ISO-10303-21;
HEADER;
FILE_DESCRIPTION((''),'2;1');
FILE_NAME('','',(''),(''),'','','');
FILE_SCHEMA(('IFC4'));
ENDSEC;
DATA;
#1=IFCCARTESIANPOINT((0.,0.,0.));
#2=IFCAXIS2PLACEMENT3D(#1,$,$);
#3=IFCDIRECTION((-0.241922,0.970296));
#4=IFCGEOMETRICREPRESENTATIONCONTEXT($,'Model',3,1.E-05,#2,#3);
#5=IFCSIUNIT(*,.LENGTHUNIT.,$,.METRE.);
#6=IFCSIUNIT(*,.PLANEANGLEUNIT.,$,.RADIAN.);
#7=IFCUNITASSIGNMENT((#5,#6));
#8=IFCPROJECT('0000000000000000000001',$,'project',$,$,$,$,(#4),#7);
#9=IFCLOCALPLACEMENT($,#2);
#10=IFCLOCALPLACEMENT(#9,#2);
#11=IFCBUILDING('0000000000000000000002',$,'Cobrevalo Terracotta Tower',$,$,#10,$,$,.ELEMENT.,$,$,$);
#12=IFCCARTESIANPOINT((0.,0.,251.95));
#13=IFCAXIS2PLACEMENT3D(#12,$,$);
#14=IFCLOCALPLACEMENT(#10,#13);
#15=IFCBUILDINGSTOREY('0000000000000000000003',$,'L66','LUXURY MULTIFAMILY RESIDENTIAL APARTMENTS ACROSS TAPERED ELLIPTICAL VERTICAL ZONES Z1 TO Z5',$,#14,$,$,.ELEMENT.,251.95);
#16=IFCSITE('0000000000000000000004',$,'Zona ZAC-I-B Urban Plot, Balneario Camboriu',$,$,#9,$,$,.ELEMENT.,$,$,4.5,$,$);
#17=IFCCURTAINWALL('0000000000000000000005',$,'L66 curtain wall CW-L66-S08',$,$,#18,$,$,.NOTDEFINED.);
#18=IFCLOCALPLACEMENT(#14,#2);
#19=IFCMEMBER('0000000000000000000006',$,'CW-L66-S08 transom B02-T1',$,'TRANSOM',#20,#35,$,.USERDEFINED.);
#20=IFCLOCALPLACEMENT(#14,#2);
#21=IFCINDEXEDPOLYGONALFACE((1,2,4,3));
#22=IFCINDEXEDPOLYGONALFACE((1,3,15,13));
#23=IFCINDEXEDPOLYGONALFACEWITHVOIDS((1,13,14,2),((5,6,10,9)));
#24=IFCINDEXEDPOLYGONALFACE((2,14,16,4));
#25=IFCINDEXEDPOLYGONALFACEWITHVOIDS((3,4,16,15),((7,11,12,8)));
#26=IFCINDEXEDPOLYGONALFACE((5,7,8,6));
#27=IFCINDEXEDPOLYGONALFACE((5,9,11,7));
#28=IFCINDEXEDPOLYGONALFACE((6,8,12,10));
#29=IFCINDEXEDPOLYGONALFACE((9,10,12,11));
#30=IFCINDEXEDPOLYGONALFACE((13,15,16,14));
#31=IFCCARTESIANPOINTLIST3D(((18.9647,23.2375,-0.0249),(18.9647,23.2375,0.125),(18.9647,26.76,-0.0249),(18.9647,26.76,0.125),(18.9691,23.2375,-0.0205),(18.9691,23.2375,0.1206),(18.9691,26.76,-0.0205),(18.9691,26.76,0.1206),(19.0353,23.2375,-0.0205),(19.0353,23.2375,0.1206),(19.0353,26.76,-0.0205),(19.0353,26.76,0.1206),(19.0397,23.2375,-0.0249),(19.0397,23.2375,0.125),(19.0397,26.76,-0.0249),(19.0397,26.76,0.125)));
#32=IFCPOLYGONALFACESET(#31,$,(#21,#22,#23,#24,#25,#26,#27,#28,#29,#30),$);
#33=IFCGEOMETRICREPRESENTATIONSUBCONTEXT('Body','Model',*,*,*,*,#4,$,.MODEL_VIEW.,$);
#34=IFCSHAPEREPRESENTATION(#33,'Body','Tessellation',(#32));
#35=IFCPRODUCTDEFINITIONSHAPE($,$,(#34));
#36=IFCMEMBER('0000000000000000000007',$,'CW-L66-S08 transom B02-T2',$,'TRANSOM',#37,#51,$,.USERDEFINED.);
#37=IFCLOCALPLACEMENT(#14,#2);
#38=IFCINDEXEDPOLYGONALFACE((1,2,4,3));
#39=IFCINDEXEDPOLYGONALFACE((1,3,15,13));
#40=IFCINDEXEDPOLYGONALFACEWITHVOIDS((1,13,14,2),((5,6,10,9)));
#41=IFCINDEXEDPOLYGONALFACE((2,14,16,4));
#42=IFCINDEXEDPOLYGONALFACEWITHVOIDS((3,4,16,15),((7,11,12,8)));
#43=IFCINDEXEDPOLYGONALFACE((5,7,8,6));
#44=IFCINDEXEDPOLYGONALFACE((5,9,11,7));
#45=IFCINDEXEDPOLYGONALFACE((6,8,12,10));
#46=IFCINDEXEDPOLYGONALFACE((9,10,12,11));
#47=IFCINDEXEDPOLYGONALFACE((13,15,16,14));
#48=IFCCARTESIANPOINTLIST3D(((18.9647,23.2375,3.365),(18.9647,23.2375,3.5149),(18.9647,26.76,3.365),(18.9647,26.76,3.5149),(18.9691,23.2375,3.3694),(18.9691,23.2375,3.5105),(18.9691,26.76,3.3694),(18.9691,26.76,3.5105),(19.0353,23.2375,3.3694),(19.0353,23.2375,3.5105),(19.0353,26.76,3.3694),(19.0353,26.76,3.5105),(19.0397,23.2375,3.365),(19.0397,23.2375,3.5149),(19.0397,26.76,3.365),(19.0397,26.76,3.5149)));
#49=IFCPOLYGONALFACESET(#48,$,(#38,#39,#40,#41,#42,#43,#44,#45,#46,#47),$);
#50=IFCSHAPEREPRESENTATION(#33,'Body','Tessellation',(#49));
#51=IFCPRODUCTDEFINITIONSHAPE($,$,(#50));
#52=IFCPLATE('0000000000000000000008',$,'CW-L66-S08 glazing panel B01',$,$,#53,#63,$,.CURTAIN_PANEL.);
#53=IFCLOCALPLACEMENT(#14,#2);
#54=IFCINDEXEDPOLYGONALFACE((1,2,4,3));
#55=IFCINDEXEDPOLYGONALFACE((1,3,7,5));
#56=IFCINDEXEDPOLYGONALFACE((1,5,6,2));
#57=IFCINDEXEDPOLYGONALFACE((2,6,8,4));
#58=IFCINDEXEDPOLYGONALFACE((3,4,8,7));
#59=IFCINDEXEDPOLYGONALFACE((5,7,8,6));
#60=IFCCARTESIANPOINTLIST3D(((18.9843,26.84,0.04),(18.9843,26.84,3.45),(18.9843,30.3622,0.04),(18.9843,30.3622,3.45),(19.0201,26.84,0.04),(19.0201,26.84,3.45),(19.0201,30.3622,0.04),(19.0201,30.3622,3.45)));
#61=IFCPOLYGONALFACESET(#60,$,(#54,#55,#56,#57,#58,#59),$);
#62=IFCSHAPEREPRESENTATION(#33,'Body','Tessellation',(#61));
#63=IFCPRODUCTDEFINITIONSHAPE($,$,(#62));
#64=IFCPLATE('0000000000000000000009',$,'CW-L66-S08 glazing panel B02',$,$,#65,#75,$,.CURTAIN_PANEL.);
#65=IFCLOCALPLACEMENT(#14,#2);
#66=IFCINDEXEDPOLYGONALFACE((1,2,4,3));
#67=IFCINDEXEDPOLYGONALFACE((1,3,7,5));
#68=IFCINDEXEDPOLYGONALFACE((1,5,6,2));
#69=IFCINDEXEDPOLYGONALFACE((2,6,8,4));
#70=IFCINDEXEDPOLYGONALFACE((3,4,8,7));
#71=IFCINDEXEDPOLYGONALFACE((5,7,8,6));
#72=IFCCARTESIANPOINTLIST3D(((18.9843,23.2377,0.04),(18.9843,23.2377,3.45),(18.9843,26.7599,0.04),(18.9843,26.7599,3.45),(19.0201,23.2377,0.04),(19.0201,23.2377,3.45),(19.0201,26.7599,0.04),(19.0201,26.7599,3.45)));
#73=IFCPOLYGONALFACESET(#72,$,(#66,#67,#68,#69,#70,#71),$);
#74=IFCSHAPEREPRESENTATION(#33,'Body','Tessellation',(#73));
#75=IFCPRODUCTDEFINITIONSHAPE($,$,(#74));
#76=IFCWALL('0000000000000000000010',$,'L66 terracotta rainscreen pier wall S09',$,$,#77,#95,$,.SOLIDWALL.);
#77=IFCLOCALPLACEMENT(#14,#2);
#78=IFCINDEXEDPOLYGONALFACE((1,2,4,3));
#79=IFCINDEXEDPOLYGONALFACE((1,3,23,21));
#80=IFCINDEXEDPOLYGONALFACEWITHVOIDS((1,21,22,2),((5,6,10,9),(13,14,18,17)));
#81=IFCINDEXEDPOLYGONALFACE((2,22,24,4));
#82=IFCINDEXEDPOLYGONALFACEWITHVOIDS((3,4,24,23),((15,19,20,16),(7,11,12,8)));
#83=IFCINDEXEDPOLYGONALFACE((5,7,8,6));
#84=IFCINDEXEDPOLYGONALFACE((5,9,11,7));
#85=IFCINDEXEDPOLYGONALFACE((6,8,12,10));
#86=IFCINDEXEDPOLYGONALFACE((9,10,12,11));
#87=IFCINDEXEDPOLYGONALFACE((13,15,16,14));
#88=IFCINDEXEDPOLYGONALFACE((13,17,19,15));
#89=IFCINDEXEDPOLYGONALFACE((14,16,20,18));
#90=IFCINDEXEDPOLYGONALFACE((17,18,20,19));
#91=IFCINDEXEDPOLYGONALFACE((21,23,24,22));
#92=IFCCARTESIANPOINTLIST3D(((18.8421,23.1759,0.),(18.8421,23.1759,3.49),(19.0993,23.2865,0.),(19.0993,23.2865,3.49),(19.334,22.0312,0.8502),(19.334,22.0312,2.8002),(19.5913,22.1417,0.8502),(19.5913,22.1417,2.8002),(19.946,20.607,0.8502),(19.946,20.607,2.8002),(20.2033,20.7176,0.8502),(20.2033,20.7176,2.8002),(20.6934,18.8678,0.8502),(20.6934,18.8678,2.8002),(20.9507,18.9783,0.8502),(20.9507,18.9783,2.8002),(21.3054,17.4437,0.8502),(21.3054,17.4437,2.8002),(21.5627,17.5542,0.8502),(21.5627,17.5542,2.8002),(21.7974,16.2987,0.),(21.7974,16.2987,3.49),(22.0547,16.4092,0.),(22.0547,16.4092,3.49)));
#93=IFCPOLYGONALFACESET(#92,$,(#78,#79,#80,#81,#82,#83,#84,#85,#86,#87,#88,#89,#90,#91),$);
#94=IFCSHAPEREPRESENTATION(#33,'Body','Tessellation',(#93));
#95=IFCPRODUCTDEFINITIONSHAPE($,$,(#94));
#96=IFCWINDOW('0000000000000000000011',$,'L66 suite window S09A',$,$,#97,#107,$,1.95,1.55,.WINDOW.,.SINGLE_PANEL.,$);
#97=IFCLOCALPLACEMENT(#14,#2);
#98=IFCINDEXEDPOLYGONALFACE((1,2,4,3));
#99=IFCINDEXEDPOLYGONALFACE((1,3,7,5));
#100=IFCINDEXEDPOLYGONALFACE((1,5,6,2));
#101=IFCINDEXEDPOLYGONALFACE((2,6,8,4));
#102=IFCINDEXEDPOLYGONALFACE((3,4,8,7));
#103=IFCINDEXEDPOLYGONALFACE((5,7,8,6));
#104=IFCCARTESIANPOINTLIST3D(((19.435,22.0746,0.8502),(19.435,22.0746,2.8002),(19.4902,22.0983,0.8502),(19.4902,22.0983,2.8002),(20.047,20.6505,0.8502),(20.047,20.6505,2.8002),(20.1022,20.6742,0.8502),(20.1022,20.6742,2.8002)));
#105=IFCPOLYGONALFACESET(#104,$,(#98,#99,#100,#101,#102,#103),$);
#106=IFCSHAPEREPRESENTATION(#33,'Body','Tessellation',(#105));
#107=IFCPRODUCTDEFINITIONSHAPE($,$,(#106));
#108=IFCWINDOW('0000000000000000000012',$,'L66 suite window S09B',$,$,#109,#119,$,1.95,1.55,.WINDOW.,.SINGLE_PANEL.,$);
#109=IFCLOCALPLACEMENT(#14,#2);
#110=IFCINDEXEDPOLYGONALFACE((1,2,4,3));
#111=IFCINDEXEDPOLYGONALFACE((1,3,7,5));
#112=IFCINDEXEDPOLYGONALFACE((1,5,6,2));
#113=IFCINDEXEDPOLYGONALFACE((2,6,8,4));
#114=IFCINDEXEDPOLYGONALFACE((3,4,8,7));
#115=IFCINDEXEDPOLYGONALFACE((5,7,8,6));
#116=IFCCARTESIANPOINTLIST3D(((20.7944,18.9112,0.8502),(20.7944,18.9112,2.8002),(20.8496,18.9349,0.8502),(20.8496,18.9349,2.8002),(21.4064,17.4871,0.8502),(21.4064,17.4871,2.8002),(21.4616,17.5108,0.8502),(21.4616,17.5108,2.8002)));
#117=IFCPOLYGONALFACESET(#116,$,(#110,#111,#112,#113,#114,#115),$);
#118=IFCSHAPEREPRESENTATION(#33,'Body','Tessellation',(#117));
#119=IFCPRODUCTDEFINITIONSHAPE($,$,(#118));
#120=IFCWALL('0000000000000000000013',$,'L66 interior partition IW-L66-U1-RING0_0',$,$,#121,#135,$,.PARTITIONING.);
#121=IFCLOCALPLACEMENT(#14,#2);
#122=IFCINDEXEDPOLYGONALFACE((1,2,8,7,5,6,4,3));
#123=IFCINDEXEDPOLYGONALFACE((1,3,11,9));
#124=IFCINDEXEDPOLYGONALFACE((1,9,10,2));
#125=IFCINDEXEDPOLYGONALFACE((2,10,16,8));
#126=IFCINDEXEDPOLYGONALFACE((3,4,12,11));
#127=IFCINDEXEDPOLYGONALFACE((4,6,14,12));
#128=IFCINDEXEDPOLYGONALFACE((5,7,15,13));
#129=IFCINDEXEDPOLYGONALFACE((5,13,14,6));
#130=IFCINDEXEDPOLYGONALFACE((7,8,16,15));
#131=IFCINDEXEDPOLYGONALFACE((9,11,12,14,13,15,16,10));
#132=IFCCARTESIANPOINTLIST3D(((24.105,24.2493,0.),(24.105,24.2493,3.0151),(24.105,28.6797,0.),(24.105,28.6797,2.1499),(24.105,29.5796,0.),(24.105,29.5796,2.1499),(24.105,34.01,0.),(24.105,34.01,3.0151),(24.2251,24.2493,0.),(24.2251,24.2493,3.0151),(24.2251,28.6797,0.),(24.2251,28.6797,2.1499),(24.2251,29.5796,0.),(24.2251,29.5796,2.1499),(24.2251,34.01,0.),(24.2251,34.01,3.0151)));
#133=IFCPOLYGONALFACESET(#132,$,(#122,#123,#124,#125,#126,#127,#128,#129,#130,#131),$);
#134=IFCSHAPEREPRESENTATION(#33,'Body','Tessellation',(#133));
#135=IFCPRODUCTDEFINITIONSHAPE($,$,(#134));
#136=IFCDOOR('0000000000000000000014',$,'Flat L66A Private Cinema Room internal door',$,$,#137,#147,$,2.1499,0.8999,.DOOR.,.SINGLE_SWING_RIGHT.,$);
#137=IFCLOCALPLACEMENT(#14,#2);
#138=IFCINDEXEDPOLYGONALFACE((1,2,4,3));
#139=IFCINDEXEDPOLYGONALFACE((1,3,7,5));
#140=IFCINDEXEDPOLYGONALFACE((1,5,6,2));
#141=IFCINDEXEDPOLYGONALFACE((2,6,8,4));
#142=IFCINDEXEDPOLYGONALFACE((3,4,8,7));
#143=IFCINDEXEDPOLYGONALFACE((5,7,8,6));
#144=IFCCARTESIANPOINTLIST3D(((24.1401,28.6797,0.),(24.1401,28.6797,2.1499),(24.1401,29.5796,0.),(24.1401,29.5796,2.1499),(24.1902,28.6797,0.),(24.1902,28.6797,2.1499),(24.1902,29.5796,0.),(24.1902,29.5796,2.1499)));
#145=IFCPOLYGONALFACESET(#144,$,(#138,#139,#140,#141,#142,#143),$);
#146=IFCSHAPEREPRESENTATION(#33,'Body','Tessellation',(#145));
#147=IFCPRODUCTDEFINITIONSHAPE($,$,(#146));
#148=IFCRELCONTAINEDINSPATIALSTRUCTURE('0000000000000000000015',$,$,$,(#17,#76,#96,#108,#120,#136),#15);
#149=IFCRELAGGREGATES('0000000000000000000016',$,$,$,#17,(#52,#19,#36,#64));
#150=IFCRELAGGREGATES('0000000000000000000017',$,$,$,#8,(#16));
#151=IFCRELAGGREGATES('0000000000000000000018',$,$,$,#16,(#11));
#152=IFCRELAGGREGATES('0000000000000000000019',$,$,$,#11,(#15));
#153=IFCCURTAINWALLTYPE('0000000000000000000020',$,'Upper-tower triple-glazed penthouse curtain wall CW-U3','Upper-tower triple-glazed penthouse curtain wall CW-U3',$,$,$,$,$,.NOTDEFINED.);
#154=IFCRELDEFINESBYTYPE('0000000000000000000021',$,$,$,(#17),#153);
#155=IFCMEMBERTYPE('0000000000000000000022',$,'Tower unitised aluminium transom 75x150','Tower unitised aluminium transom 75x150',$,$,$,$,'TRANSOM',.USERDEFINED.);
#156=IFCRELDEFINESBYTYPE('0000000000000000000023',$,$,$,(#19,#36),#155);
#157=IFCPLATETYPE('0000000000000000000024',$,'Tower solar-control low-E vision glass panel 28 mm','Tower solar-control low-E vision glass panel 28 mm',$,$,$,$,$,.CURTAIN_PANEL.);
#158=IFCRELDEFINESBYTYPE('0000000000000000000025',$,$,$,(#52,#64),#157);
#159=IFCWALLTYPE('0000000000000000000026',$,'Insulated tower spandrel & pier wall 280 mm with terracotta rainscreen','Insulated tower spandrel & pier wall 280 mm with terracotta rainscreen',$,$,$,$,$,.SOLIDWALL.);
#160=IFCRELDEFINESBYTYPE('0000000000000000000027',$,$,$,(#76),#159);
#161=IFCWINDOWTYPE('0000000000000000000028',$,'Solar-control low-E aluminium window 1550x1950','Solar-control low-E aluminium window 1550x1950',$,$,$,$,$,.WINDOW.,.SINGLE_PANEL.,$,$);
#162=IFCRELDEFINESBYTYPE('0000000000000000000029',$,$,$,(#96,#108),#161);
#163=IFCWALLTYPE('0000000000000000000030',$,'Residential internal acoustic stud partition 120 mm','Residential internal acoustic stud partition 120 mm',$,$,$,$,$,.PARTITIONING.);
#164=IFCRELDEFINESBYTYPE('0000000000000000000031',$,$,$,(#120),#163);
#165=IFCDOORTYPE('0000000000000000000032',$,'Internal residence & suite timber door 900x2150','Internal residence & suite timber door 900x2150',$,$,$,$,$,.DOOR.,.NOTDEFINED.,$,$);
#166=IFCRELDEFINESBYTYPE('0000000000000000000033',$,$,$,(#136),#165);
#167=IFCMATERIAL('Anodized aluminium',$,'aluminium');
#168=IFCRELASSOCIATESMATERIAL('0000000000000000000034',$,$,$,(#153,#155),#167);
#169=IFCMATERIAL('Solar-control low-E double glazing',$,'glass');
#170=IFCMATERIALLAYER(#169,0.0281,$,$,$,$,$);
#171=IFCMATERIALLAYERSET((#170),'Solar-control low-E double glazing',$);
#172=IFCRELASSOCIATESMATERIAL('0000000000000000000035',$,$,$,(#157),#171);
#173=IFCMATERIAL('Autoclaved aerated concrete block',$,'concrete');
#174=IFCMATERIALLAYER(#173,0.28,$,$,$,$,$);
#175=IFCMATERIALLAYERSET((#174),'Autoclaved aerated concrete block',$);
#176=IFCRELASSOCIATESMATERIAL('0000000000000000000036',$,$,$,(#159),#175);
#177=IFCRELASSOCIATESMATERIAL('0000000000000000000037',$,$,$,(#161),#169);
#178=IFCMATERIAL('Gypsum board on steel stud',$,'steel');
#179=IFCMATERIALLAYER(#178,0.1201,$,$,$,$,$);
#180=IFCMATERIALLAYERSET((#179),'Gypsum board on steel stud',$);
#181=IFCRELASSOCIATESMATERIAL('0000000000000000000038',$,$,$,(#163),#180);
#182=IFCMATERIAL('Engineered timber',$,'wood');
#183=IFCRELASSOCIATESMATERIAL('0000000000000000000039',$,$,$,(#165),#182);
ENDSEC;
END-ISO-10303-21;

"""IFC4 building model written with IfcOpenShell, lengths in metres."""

from ifc_helpers import new_model, si_unit, direction, frame, frame_2d, origin, origin_2d, place, context, subcontext, project, spatial, rectangle, hollow_rectangle, extrude, source, transform, mapped, material, layer, layer_set, material_profile, profile_set, type_object, element, fill, aggregate, save


model = new_model("IFC4")

# Units and contexts
model_context = context("Model", 3, precision=1e-05, world=origin(), true_north=direction((-0.241922, 0.970296)))
body_context = subcontext(model_context, "Body", "Model", "MODEL_VIEW")
ifc_project = project(units=[si_unit("LENGTHUNIT", "METRE"), si_unit("PLANEANGLEUNIT", "RADIAN")], contexts=[model_context])

# Site, building, storey
site_placement = place(None, origin())
site = spatial("IfcSite", under=ifc_project, at=site_placement, Name="Zona ZAC-I-B Urban Plot, Balneario Camboriu", CompositionType="ELEMENT", RefElevation=4.5)
building_placement = place(site_placement, origin())
building = spatial("IfcBuilding", under=site, at=building_placement, Name="Cobrevalo Terracotta Tower", CompositionType="ELEMENT")
storey_placement = place(building_placement, frame((0.0, 0.0, 251.95)))
storey = spatial("IfcBuildingStorey", under=building, at=storey_placement, Name="L66", Description="LUXURY MULTIFAMILY RESIDENTIAL APARTMENTS ACROSS TAPERED ELLIPTICAL VERTICAL ZONES Z1 TO Z5", CompositionType="ELEMENT", Elevation=251.95)

# Shared definitions
ifc_material_1 = material(Name="Anodized aluminium", Category="aluminium")
curtain_wall_type = type_object("IfcCurtainWallType", Name="Upper-tower triple-glazed penthouse curtain wall CW-U3", Description="Upper-tower triple-glazed penthouse curtain wall CW-U3", PredefinedType="NOTDEFINED", material=ifc_material_1)

# Curtain wall, members, plates
curtain_wall_1_placement = place(storey_placement, origin())
curtain_wall_1 = element("IfcCurtainWall", 1, at=curtain_wall_1_placement, inside=storey, type_object=curtain_wall_type, Name="L66 curtain wall CW-L66-S08", PredefinedType="NOTDEFINED")
ifc_material_profile_1 = material_profile(ifc_material_1, hollow_rectangle(XDim=0.075, YDim=0.1499, WallThickness=0.0044, at=origin_2d()), Name="CWT 75x150")
ifc_profile_set_1 = profile_set([ifc_material_profile_1], Name="Anodized aluminium")
member_type_1 = type_object("IfcMemberType", Name="Tower unitised aluminium transom 75x150", Description="Tower unitised aluminium transom 75x150", ElementType="TRANSOM", PredefinedType="USERDEFINED", material=ifc_profile_set_1)
shared_shape_1 = source(origin(), body_context, "Body", "SweptSolid", [
    extrude(hollow_rectangle(XDim=0.075, YDim=0.1499, WallThickness=0.0044, at=origin_2d()), origin(), (0.0, 0.0, 1.0), 3.5225),
])
member_1_placement = place(storey_placement, frame((19.0022, 26.76, 0.05), z_axis=(0.0, -1.0, 0.0), x_axis=(1.0, 0.0, 0.0)))
member_1 = element("IfcMember", 2, at=member_1_placement, type_object=member_type_1, Name="CW-L66-S08 transom B02-T1", ObjectType="TRANSOM", PredefinedType="USERDEFINED", context=body_context, shape_type="MappedRepresentation", body=[
    mapped(shared_shape_1, transform((0.0, 0.0, 0.0), scale=1.0)),
])
member_2_placement = place(storey_placement, frame((19.0022, 26.76, 3.4399), z_axis=(0.0, -1.0, 0.0), x_axis=(1.0, 0.0, 0.0)))
member_2 = element("IfcMember", 3, at=member_2_placement, type_object=member_type_1, Name="CW-L66-S08 transom B02-T2", ObjectType="TRANSOM", PredefinedType="USERDEFINED", context=body_context, shape_type="MappedRepresentation", body=[
    mapped(shared_shape_1, transform((0.0, 0.0, 0.0), scale=1.0)),
])
ifc_material_2 = material(Name="Solar-control low-E double glazing", Category="glass")
ifc_layer_1 = layer(ifc_material_2, 0.0281)
ifc_layer_set_1 = layer_set([ifc_layer_1], Name="Solar-control low-E double glazing")
plate_type = type_object("IfcPlateType", Name="Tower solar-control low-E vision glass panel 28 mm", Description="Tower solar-control low-E vision glass panel 28 mm", PredefinedType="CURTAIN_PANEL", material=ifc_layer_set_1)
shared_shape_2 = source(origin(), body_context, "Body", "SweptSolid", [
    extrude(rectangle(XDim=3.5222, YDim=0.0359, at=origin_2d()), origin(), (0.0, 0.0, 1.0), 3.4099),
])
plate_1_placement = place(storey_placement, frame((19.0022, 28.6011, 0.04), z_axis=(0.0, 0.0, 1.0), x_axis=(0.0, -1.0, 0.0)))
plate_1 = element("IfcPlate", 4, at=plate_1_placement, type_object=plate_type, Name="CW-L66-S08 glazing panel B01", PredefinedType="CURTAIN_PANEL", context=body_context, shape_type="MappedRepresentation", body=[
    mapped(shared_shape_2, transform((0.0, 0.0, 0.0), scale=1.0)),
])
plate_2_placement = place(storey_placement, frame((19.0022, 24.9988, 0.04), z_axis=(0.0, 0.0, 1.0), x_axis=(0.0, -1.0, 0.0)))
plate_2 = element("IfcPlate", 5, at=plate_2_placement, type_object=plate_type, Name="CW-L66-S08 glazing panel B02", PredefinedType="CURTAIN_PANEL", context=body_context, shape_type="MappedRepresentation", body=[
    mapped(shared_shape_2, transform((0.0, 0.0, 0.0), scale=1.0)),
])
aggregate(curtain_wall_1, [plate_1, member_1, member_2, plate_2])

# Wall, openings, windows
ifc_material_3 = material(Name="Autoclaved aerated concrete block", Category="concrete")
ifc_layer_2 = layer(ifc_material_3, 0.28)
ifc_layer_set_2 = layer_set([ifc_layer_2], Name="Autoclaved aerated concrete block")
wall_type_1 = type_object("IfcWallType", Name="Insulated tower spandrel & pier wall 280 mm with terracotta rainscreen", Description="Insulated tower spandrel & pier wall 280 mm with terracotta rainscreen", PredefinedType="SOLIDWALL", material=ifc_layer_set_2)
wall_1_placement = place(storey_placement, frame((18.9707, 23.2312, 0.0), z_axis=(0.0, 0.0, 1.0), x_axis=(0.394817, -0.91876, 0.0)))
wall_1 = element("IfcWall", 6, at=wall_1_placement, inside=storey, type_object=wall_type_1, Name="L66 terracotta rainscreen pier wall S09", PredefinedType="SOLIDWALL", context=body_context, shape_type="SweptSolid", body=[
    extrude(rectangle(XDim=7.4854, YDim=0.28, at=frame_2d((3.7427, 0.0))), origin(), (0.0, 0.0, 1.0), 3.49),
])
opening_1_placement = place(wall_1_placement, frame((1.2461, 0.0, 0.8501)))
opening_1 = element("IfcOpeningElement", 7, at=opening_1_placement, cuts=wall_1, PredefinedType="OPENING", context=body_context, shape_type="SweptSolid", body=[
    extrude(rectangle(XDim=1.55, YDim=1.95, at=frame_2d((0.7749, 0.9751))), frame((0.0, 0.1499, 0.0), z_axis=(0.0, -1.0, 0.0), x_axis=(1.0, 0.0, 0.0)), (0.0, 0.0, 1.0), 0.3),
])
opening_2_placement = place(wall_1_placement, frame((4.6892, 0.0, 0.8501)))
opening_2 = element("IfcOpeningElement", 8, at=opening_2_placement, cuts=wall_1, PredefinedType="OPENING", context=body_context, shape_type="SweptSolid", body=[
    extrude(rectangle(XDim=1.55, YDim=1.95, at=frame_2d((0.7749, 0.9751))), frame((0.0, 0.1499, 0.0), z_axis=(0.0, -1.0, 0.0), x_axis=(1.0, 0.0, 0.0)), (0.0, 0.0, 1.0), 0.3),
])
window_type = type_object("IfcWindowType", Name="Solar-control low-E aluminium window 1550x1950", Description="Solar-control low-E aluminium window 1550x1950", PartitioningType="SINGLE_PANEL", PredefinedType="WINDOW", material=ifc_material_2)
shared_shape_3 = source(origin(), body_context, "Body", "SweptSolid", [
    extrude(rectangle(XDim=1.55, YDim=1.95, at=frame_2d((0.7749, 0.9751))), frame((0.0, 0.03, 0.0), z_axis=(0.0, -1.0, 0.0), x_axis=(1.0, 0.0, 0.0)), (0.0, 0.0, 1.0), 0.0601),
])
window_1_placement = place(opening_1_placement, origin())
window_1 = element("IfcWindow", 9, at=window_1_placement, inside=storey, type_object=window_type, Name="L66 suite window S09A", OverallHeight=1.95, OverallWidth=1.55, PartitioningType="SINGLE_PANEL", PredefinedType="WINDOW", context=body_context, shape_type="MappedRepresentation", body=[
    mapped(shared_shape_3, transform((0.0, 0.0, 0.0), scale=1.0)),
])
fill(opening_1, window_1)
window_2_placement = place(opening_2_placement, origin())
window_2 = element("IfcWindow", 10, at=window_2_placement, inside=storey, type_object=window_type, Name="L66 suite window S09B", OverallHeight=1.95, OverallWidth=1.55, PartitioningType="SINGLE_PANEL", PredefinedType="WINDOW", context=body_context, shape_type="MappedRepresentation", body=[
    mapped(shared_shape_3, transform((0.0, 0.0, 0.0), scale=1.0)),
])
fill(opening_2, window_2)

# Wall, opening, door
ifc_material_4 = material(Name="Gypsum board on steel stud", Category="steel")
ifc_layer_3 = layer(ifc_material_4, 0.1201)
ifc_layer_set_3 = layer_set([ifc_layer_3], Name="Gypsum board on steel stud")
wall_type_2 = type_object("IfcWallType", Name="Residential internal acoustic stud partition 120 mm", Description="Residential internal acoustic stud partition 120 mm", PredefinedType="PARTITIONING", material=ifc_layer_set_3)
wall_2_placement = place(storey_placement, frame((24.165, 24.2493, 0.0), z_axis=(0.0, 0.0, 1.0), x_axis=(0.0, 1.0, 0.0)))
wall_2 = element("IfcWall", 11, at=wall_2_placement, inside=storey, type_object=wall_type_2, Name="L66 interior partition IW-L66-U1-RING0_0", PredefinedType="PARTITIONING", context=body_context, shape_type="SweptSolid", body=[
    extrude(rectangle(XDim=9.7607, YDim=0.1201, at=frame_2d((4.8804, 0.0))), origin(), (0.0, 0.0, 1.0), 3.0151),
])
opening_3_placement = place(wall_2_placement, frame((4.4304, 0.0, 0.0)))
opening_3 = element("IfcOpeningElement", 12, at=opening_3_placement, cuts=wall_2, PredefinedType="OPENING", context=body_context, shape_type="SweptSolid", body=[
    extrude(rectangle(XDim=0.8999, YDim=2.1499, at=frame_2d((0.45, 1.075))), frame((0.0, 0.0701, 0.0), z_axis=(0.0, -1.0, 0.0), x_axis=(1.0, 0.0, 0.0)), (0.0, 0.0, 1.0), 0.1401),
])
ifc_material_5 = material(Name="Engineered timber", Category="wood")
door_type = type_object("IfcDoorType", Name="Internal residence & suite timber door 900x2150", Description="Internal residence & suite timber door 900x2150", OperationType="NOTDEFINED", PredefinedType="DOOR", material=ifc_material_5)
shared_shape_4 = source(origin(), body_context, "Body", "SweptSolid", [
    extrude(rectangle(XDim=0.8999, YDim=2.1499, at=frame_2d((0.45, 1.075))), frame((0.0, 0.0249, 0.0), z_axis=(0.0, -1.0, 0.0), x_axis=(1.0, 0.0, 0.0)), (0.0, 0.0, 1.0), 0.05),
])
door_placement = place(opening_3_placement, origin())
door = element("IfcDoor", 13, at=door_placement, inside=storey, type_object=door_type, Name="Flat L66A Private Cinema Room internal door", OperationType="SINGLE_SWING_RIGHT", OverallHeight=2.1499, OverallWidth=0.8999, PredefinedType="DOOR", context=body_context, shape_type="MappedRepresentation", body=[
    mapped(shared_shape_4, transform((0.0, 0.0, 0.0), scale=1.0)),
])
fill(opening_3, door)

save(model, "model.ifc")
